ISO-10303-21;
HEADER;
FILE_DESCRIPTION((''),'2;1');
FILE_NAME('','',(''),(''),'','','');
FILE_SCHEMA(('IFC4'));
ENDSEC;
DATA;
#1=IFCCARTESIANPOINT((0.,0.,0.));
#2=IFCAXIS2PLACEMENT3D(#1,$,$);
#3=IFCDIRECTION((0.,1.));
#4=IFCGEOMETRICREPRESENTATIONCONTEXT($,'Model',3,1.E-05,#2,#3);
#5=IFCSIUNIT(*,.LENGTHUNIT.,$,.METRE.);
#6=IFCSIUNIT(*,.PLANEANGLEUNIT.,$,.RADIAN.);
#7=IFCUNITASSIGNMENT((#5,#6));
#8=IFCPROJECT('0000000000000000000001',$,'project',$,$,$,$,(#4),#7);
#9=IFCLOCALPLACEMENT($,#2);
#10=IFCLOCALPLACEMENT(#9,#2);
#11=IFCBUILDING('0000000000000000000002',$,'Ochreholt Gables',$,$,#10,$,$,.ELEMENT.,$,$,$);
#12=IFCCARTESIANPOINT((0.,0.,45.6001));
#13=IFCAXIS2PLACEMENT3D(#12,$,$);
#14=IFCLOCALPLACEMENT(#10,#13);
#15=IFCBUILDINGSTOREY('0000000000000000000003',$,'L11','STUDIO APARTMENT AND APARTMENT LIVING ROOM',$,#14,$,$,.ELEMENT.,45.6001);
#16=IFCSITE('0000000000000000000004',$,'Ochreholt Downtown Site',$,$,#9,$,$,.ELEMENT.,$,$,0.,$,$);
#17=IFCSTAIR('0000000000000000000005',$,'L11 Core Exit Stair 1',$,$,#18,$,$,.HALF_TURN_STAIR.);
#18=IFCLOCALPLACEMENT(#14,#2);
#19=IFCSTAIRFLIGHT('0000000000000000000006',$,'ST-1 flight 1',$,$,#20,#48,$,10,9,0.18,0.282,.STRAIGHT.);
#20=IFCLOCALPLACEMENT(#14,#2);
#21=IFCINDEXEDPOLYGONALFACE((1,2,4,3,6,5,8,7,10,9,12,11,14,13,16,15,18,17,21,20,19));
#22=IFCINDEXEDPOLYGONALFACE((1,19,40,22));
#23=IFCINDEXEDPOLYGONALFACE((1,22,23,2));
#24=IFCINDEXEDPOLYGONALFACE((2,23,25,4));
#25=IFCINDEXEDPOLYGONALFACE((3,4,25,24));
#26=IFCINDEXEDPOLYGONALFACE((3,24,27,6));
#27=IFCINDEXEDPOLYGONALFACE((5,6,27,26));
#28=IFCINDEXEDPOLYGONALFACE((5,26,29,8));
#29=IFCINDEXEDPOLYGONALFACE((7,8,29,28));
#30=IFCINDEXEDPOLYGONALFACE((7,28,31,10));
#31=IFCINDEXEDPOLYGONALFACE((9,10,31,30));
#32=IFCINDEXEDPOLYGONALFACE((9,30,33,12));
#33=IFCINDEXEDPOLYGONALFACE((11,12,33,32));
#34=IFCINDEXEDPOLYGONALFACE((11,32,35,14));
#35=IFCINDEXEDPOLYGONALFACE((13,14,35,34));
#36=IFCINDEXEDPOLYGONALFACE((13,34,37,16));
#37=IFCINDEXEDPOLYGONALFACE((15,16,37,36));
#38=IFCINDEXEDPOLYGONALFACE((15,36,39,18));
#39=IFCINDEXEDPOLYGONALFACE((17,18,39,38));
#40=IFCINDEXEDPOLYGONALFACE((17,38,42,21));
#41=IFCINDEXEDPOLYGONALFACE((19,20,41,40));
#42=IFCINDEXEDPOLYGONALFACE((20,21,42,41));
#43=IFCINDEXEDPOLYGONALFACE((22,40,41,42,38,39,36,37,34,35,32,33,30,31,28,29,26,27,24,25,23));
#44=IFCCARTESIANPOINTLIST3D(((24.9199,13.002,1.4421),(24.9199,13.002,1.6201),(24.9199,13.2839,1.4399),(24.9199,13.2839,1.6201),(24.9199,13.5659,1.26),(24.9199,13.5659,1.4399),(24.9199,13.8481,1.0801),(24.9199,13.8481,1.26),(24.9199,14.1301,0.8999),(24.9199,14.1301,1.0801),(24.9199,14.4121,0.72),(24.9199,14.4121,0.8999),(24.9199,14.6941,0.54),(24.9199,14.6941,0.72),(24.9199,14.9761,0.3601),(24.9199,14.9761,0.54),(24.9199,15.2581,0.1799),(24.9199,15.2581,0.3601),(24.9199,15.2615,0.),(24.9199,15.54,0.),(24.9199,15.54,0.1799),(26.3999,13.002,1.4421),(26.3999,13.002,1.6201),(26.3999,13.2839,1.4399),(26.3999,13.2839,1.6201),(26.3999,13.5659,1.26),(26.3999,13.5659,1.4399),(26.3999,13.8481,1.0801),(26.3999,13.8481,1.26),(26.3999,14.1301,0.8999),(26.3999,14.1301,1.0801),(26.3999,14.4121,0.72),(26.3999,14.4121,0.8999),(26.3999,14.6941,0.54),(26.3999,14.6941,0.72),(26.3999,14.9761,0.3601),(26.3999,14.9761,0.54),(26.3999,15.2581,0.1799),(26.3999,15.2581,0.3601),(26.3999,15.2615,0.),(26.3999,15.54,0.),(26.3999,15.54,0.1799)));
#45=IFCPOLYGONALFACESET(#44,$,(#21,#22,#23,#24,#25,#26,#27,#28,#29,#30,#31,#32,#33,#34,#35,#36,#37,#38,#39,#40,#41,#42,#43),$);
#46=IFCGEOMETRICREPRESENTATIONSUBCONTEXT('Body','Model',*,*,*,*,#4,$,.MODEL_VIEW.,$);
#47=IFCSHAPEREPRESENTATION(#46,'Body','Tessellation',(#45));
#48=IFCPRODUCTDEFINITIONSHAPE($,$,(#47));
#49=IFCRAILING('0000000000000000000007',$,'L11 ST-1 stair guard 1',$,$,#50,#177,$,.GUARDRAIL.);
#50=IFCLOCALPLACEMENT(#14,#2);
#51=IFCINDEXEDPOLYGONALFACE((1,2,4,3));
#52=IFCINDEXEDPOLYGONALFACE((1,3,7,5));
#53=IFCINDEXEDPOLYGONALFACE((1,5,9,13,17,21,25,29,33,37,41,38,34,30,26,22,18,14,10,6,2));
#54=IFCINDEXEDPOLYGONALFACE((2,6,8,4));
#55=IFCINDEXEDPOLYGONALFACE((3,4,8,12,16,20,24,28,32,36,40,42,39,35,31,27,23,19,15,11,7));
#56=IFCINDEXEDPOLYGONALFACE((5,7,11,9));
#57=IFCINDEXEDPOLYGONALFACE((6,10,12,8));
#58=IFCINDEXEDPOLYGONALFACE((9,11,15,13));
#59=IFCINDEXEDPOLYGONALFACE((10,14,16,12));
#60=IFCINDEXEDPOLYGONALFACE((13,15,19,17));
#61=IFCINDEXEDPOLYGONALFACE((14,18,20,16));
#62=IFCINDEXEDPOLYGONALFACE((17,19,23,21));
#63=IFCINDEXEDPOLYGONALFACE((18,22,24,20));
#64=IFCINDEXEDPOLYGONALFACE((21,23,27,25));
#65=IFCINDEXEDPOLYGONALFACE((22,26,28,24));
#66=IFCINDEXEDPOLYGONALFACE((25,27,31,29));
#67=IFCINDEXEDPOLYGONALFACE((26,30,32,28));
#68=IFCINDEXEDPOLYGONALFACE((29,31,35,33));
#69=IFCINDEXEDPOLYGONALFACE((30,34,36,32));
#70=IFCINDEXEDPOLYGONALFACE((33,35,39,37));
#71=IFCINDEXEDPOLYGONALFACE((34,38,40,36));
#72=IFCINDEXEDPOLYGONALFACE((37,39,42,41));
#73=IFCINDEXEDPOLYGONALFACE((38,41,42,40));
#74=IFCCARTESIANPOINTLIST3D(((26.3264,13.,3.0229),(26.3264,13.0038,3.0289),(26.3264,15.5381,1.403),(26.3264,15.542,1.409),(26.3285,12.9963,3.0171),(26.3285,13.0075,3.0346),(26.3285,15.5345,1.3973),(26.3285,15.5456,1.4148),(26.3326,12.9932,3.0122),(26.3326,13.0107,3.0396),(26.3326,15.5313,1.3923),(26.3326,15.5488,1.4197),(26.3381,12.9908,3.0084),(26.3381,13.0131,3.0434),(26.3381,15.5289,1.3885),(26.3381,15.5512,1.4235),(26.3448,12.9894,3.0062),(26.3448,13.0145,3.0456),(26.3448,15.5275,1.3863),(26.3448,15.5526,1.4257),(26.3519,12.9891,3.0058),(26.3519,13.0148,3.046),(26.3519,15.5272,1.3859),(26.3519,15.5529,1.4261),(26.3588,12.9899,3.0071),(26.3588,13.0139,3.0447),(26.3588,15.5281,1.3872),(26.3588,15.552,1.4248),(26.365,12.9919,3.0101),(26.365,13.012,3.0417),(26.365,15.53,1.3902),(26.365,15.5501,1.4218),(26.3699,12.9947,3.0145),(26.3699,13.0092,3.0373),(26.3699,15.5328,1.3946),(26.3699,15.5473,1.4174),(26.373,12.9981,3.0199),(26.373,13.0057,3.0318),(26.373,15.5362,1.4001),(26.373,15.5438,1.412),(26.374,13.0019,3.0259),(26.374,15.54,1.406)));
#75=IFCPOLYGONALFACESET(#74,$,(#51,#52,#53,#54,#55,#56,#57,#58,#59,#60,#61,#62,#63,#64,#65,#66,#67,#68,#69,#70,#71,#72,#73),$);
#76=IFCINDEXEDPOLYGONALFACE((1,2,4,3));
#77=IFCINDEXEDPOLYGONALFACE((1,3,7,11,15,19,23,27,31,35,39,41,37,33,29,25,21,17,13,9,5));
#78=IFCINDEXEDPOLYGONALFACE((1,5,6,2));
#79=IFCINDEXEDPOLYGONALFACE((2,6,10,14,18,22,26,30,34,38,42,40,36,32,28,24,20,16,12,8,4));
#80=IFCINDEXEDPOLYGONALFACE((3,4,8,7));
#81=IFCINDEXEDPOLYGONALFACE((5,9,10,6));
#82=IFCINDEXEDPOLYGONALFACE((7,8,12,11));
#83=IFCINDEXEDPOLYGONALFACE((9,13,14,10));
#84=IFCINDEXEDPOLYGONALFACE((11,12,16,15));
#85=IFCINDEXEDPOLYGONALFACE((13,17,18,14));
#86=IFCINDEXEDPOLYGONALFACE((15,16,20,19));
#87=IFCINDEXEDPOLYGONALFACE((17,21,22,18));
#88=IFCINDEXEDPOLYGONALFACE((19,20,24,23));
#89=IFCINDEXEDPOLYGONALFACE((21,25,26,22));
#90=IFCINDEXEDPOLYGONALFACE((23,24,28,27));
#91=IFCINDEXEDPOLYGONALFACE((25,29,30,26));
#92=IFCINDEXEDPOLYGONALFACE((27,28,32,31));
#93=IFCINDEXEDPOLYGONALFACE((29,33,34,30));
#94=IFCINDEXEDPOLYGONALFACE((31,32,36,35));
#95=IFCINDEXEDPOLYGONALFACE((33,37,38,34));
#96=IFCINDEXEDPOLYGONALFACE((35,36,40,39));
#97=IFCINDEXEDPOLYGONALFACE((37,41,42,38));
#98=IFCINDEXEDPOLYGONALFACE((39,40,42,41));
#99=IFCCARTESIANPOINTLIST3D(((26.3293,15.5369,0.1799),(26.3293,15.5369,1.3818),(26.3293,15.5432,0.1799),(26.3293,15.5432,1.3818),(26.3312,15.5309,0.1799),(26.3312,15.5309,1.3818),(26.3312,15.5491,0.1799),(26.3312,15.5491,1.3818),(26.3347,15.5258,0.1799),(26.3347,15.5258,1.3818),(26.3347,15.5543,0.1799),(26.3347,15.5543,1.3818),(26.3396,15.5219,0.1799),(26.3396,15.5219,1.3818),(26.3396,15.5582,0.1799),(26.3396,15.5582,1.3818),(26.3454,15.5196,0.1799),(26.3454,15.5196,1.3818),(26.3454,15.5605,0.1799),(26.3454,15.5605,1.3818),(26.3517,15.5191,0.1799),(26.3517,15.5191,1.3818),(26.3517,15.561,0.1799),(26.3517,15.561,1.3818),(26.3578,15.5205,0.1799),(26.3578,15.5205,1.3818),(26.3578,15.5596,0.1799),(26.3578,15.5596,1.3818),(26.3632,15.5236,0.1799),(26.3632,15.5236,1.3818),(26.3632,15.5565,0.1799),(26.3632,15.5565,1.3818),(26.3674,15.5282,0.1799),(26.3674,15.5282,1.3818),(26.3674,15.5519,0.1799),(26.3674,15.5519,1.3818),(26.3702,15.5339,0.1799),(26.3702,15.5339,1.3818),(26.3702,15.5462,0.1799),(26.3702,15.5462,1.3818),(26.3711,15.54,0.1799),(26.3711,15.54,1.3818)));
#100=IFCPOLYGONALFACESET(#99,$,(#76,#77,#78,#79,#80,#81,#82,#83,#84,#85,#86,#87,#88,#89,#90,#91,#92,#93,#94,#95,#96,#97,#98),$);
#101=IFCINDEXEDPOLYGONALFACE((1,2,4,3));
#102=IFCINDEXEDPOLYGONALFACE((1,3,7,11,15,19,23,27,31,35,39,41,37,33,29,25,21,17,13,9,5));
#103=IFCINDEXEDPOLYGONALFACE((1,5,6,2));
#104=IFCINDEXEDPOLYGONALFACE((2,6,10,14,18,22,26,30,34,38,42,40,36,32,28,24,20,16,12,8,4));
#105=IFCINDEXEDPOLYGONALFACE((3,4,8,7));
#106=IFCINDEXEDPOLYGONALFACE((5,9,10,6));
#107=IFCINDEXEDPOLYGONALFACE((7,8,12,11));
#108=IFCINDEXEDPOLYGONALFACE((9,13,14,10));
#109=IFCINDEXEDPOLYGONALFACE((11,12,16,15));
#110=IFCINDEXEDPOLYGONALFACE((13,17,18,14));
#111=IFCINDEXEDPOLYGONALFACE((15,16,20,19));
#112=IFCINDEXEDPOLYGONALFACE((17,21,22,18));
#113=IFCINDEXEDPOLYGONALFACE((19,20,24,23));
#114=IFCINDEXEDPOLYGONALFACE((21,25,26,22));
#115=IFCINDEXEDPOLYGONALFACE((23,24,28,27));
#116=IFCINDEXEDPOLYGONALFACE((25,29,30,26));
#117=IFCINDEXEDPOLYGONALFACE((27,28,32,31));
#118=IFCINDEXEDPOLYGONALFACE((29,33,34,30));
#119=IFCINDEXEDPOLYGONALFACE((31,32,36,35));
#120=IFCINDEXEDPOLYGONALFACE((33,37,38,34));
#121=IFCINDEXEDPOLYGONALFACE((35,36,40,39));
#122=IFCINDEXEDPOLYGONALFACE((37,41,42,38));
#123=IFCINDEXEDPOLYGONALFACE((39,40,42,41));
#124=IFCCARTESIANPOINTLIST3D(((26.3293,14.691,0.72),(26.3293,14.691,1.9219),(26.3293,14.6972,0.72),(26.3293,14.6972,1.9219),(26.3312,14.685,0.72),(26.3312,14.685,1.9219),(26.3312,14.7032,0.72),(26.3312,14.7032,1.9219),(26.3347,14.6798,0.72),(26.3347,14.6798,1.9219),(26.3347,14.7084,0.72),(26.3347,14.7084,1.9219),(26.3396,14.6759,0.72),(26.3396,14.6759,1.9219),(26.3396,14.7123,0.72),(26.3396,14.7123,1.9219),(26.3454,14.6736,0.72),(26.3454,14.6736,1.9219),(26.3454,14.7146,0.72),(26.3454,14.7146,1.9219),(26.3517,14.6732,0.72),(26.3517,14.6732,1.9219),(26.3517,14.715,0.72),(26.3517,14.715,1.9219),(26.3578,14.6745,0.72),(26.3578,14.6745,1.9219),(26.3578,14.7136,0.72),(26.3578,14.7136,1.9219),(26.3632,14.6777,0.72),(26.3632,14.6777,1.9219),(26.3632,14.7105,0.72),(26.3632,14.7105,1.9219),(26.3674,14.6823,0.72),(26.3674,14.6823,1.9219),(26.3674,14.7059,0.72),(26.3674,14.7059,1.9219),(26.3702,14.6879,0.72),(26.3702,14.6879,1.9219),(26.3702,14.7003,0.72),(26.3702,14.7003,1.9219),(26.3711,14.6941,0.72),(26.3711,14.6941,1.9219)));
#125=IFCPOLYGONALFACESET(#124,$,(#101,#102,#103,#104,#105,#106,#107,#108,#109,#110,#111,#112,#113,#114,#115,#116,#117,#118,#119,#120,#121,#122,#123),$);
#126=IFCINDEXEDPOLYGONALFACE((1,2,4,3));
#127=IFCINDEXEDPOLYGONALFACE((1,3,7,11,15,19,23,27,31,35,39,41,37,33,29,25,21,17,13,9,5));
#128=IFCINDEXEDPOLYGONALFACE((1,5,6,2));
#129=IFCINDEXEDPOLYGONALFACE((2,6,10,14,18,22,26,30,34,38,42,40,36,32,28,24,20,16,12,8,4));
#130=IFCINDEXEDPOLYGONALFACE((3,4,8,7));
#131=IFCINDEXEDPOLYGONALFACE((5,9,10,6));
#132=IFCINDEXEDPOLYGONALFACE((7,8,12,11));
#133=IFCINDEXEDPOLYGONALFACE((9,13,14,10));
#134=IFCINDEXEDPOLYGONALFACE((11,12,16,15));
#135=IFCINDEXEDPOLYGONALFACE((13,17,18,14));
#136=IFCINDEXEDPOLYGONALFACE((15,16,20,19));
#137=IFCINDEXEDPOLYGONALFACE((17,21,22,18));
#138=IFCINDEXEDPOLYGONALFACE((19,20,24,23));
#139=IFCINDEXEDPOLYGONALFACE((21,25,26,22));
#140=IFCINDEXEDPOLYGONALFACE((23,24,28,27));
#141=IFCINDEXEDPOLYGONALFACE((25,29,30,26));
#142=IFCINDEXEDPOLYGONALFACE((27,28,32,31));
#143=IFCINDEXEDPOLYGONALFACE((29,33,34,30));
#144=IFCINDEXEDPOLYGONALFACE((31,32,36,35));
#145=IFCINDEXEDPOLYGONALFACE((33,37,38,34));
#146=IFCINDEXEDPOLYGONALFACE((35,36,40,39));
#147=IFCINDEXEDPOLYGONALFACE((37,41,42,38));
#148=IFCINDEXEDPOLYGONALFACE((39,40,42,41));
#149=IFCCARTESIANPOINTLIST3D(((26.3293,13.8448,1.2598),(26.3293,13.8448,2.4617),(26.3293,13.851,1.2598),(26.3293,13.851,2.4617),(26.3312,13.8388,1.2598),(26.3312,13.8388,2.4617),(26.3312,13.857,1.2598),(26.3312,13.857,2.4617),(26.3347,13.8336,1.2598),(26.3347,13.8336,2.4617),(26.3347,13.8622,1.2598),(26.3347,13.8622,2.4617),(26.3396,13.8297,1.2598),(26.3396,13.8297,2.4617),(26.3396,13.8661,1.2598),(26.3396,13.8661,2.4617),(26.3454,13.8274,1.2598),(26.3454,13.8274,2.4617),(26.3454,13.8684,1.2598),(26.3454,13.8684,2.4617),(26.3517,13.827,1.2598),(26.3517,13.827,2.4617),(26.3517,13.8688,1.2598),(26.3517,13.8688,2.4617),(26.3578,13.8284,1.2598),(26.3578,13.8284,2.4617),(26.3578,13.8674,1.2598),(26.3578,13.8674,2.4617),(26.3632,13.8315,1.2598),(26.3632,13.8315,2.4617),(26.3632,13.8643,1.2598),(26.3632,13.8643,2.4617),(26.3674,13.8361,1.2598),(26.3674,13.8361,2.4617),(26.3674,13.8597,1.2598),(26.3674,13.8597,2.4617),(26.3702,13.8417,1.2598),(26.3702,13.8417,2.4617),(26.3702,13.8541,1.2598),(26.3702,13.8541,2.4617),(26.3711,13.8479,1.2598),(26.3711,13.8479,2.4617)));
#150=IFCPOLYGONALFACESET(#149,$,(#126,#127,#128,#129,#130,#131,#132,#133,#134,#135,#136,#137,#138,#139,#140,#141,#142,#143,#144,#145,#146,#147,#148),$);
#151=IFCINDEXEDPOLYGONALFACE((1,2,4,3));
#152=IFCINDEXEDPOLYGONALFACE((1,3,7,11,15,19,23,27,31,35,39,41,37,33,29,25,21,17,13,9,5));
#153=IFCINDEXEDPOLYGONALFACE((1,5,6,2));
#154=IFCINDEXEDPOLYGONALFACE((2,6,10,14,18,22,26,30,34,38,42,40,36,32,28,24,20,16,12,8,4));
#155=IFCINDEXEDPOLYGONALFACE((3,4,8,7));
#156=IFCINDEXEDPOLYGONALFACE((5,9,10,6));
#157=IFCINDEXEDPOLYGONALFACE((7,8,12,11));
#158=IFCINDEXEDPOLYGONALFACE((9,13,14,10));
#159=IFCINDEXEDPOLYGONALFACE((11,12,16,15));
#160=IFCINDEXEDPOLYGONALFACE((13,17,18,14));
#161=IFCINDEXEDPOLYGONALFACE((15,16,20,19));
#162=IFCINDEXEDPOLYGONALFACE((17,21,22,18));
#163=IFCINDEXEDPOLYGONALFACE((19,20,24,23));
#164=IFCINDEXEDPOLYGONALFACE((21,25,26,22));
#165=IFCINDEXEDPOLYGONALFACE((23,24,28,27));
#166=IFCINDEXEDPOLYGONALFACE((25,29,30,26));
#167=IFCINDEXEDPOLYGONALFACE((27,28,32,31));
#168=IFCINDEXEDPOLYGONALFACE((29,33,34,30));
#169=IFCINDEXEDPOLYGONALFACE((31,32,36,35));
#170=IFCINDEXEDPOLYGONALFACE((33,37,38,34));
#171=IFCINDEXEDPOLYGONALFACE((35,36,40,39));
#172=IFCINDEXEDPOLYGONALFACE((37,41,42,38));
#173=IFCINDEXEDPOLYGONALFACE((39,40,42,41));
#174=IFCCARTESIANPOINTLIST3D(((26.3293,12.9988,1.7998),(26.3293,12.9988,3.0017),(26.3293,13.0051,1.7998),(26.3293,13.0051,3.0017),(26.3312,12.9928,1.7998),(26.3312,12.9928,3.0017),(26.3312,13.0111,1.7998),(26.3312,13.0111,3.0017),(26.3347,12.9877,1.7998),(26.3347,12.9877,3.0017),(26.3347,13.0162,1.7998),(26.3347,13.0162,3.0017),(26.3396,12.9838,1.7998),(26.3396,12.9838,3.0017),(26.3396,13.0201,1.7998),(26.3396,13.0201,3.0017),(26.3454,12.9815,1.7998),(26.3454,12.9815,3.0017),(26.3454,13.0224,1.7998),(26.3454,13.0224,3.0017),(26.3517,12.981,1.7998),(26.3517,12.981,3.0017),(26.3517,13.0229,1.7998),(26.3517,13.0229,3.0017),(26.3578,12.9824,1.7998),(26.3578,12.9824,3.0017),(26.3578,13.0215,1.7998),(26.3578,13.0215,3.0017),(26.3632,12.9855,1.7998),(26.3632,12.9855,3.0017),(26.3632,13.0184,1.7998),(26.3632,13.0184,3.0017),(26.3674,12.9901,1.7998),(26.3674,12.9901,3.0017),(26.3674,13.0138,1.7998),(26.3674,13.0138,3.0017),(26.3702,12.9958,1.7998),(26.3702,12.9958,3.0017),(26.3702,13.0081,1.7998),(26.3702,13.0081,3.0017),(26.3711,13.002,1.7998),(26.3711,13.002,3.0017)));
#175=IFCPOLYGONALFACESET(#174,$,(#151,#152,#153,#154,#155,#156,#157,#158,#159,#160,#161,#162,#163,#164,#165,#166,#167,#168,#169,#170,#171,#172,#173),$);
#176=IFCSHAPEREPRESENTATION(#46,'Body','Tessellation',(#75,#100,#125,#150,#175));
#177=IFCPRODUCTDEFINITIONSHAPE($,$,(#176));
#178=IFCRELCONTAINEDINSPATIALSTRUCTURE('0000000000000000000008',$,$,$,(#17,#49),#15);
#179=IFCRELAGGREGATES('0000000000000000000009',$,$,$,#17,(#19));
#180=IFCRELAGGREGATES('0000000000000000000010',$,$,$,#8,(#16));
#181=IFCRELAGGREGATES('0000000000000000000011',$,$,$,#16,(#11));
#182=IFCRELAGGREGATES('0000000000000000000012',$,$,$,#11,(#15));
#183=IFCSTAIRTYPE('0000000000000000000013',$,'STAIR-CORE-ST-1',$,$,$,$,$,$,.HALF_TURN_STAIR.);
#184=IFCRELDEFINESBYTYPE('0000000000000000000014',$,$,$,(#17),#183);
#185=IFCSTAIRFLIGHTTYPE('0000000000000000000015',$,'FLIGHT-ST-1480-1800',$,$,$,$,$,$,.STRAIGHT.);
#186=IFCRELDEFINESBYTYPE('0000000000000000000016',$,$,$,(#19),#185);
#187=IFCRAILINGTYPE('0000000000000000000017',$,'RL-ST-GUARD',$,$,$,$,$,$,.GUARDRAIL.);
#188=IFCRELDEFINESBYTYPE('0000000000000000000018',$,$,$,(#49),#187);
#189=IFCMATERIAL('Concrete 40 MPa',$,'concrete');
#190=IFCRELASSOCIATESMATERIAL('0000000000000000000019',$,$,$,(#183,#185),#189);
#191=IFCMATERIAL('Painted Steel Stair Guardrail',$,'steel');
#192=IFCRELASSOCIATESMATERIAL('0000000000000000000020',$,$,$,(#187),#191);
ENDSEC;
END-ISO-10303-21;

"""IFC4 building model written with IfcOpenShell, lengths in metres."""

from ifc_helpers import new_model, si_unit, direction, frame, origin, origin_2d, place, context, subcontext, project, spatial, polyline, circle, outline, extrude, material, type_object, element, aggregate, save


model = new_model("IFC4")

# Units and contexts
model_context = context("Model", 3, precision=1e-05, world=origin(), true_north=direction((0.0, 1.0)))
body_context = subcontext(model_context, "Body", "Model", "MODEL_VIEW")
ifc_project = project(units=[si_unit("LENGTHUNIT", "METRE"), si_unit("PLANEANGLEUNIT", "RADIAN")], contexts=[model_context])

# Site, building, storey
site_placement = place(None, origin())
site = spatial("IfcSite", under=ifc_project, at=site_placement, Name="Ochreholt Downtown Site", CompositionType="ELEMENT", RefElevation=0.0)
building_placement = place(site_placement, origin())
building = spatial("IfcBuilding", under=site, at=building_placement, Name="Ochreholt Gables", CompositionType="ELEMENT")
storey_placement = place(building_placement, frame((0.0, 0.0, 45.6001)))
storey = spatial("IfcBuildingStorey", under=building, at=storey_placement, Name="L11", Description="STUDIO APARTMENT AND APARTMENT LIVING ROOM", CompositionType="ELEMENT", Elevation=45.6001)

# Shared definitions
ifc_material_1 = material(Name="Concrete 40 MPa", Category="concrete")

# Stair, stair flight
stair_type = type_object("IfcStairType", Name="STAIR-CORE-ST-1", PredefinedType="HALF_TURN_STAIR", material=ifc_material_1)
stair_placement = place(storey_placement, origin())
stair = element("IfcStair", 1, at=stair_placement, inside=storey, type_object=stair_type, Name="L11 Core Exit Stair 1", PredefinedType="HALF_TURN_STAIR")
stair_flight_type = type_object("IfcStairFlightType", Name="FLIGHT-ST-1480-1800", PredefinedType="STRAIGHT", material=ifc_material_1)
stair_flight_placement = place(storey_placement, frame((25.6599, 15.54, 0.0), z_axis=(0.0, 0.0, 1.0), x_axis=(0.0, -1.0, 0.0)))
stair_flight = element("IfcStairFlight", 2, at=stair_flight_placement, type_object=stair_flight_type, Name="ST-1 flight 1", NumberOfRisers=10, NumberOfTreads=9, PredefinedType="STRAIGHT", RiserHeight=0.18, TreadLength=0.282, context=body_context, shape_type="SweptSolid", body=[
    extrude(outline(polyline([(0.0, 0.0), (0.0, 0.1799), (0.282, 0.1799), (0.282, 0.3601), (0.564, 0.3601), (0.564, 0.54), (0.8459, 0.54), (0.8459, 0.72), (1.1279, 0.72), (1.1279, 0.8999), (1.4099, 0.8999), (1.4099, 1.0801), (1.6919, 1.0801), (1.6919, 1.26), (1.9741, 1.26), (1.9741, 1.4399), (2.2561, 1.4399), (2.2561, 1.6201), (2.5381, 1.6201), (2.5381, 1.8), (2.5381, 1.4421), (0.2786, 0.0), (0.0, 0.0)])), frame((0.0, 0.74, 0.0), z_axis=(0.0, -1.0, 0.0), x_axis=(1.0, 0.0, 0.0)), (0.0, 0.0, 1.0), 1.48),
])
aggregate(stair, [stair_flight])

# Railing
ifc_material_2 = material(Name="Painted Steel Stair Guardrail", Category="steel")
railing_type_1 = type_object("IfcRailingType", Name="RL-ST-GUARD", PredefinedType="GUARDRAIL", material=ifc_material_2)
railing_1_placement = place(storey_placement, frame((26.3501, 15.54, 0.1799)))
element("IfcRailing", 3, at=railing_1_placement, inside=storey, type_object=railing_type_1, Name="L11 ST-1 stair guard 1", PredefinedType="GUARDRAIL", context=body_context, shape_type="SweptSolid", body=[
    extrude(circle(Radius=0.0239, at=origin_2d()), frame((0.0, 0.0, 1.2261), z_axis=(0.0, -0.84295, 0.537993), x_axis=(1.0, 0.0, 0.0)), (0.0, 0.0, 1.0), 3.011),
    extrude(circle(Radius=0.021, at=origin_2d()), origin(), (0.0, 0.0, 1.0), 1.2019),
    extrude(circle(Radius=0.021, at=origin_2d()), frame((0.0, -0.8459, 0.54)), (0.0, 0.0, 1.0), 1.2019),
    extrude(circle(Radius=0.021, at=origin_2d()), frame((0.0, -1.6921, 1.0798)), (0.0, 0.0, 1.0), 1.2019),
    extrude(circle(Radius=0.021, at=origin_2d()), frame((0.0, -2.5381, 1.6199)), (0.0, 0.0, 1.0), 1.2019),
])

save(model, "model.ifc")
